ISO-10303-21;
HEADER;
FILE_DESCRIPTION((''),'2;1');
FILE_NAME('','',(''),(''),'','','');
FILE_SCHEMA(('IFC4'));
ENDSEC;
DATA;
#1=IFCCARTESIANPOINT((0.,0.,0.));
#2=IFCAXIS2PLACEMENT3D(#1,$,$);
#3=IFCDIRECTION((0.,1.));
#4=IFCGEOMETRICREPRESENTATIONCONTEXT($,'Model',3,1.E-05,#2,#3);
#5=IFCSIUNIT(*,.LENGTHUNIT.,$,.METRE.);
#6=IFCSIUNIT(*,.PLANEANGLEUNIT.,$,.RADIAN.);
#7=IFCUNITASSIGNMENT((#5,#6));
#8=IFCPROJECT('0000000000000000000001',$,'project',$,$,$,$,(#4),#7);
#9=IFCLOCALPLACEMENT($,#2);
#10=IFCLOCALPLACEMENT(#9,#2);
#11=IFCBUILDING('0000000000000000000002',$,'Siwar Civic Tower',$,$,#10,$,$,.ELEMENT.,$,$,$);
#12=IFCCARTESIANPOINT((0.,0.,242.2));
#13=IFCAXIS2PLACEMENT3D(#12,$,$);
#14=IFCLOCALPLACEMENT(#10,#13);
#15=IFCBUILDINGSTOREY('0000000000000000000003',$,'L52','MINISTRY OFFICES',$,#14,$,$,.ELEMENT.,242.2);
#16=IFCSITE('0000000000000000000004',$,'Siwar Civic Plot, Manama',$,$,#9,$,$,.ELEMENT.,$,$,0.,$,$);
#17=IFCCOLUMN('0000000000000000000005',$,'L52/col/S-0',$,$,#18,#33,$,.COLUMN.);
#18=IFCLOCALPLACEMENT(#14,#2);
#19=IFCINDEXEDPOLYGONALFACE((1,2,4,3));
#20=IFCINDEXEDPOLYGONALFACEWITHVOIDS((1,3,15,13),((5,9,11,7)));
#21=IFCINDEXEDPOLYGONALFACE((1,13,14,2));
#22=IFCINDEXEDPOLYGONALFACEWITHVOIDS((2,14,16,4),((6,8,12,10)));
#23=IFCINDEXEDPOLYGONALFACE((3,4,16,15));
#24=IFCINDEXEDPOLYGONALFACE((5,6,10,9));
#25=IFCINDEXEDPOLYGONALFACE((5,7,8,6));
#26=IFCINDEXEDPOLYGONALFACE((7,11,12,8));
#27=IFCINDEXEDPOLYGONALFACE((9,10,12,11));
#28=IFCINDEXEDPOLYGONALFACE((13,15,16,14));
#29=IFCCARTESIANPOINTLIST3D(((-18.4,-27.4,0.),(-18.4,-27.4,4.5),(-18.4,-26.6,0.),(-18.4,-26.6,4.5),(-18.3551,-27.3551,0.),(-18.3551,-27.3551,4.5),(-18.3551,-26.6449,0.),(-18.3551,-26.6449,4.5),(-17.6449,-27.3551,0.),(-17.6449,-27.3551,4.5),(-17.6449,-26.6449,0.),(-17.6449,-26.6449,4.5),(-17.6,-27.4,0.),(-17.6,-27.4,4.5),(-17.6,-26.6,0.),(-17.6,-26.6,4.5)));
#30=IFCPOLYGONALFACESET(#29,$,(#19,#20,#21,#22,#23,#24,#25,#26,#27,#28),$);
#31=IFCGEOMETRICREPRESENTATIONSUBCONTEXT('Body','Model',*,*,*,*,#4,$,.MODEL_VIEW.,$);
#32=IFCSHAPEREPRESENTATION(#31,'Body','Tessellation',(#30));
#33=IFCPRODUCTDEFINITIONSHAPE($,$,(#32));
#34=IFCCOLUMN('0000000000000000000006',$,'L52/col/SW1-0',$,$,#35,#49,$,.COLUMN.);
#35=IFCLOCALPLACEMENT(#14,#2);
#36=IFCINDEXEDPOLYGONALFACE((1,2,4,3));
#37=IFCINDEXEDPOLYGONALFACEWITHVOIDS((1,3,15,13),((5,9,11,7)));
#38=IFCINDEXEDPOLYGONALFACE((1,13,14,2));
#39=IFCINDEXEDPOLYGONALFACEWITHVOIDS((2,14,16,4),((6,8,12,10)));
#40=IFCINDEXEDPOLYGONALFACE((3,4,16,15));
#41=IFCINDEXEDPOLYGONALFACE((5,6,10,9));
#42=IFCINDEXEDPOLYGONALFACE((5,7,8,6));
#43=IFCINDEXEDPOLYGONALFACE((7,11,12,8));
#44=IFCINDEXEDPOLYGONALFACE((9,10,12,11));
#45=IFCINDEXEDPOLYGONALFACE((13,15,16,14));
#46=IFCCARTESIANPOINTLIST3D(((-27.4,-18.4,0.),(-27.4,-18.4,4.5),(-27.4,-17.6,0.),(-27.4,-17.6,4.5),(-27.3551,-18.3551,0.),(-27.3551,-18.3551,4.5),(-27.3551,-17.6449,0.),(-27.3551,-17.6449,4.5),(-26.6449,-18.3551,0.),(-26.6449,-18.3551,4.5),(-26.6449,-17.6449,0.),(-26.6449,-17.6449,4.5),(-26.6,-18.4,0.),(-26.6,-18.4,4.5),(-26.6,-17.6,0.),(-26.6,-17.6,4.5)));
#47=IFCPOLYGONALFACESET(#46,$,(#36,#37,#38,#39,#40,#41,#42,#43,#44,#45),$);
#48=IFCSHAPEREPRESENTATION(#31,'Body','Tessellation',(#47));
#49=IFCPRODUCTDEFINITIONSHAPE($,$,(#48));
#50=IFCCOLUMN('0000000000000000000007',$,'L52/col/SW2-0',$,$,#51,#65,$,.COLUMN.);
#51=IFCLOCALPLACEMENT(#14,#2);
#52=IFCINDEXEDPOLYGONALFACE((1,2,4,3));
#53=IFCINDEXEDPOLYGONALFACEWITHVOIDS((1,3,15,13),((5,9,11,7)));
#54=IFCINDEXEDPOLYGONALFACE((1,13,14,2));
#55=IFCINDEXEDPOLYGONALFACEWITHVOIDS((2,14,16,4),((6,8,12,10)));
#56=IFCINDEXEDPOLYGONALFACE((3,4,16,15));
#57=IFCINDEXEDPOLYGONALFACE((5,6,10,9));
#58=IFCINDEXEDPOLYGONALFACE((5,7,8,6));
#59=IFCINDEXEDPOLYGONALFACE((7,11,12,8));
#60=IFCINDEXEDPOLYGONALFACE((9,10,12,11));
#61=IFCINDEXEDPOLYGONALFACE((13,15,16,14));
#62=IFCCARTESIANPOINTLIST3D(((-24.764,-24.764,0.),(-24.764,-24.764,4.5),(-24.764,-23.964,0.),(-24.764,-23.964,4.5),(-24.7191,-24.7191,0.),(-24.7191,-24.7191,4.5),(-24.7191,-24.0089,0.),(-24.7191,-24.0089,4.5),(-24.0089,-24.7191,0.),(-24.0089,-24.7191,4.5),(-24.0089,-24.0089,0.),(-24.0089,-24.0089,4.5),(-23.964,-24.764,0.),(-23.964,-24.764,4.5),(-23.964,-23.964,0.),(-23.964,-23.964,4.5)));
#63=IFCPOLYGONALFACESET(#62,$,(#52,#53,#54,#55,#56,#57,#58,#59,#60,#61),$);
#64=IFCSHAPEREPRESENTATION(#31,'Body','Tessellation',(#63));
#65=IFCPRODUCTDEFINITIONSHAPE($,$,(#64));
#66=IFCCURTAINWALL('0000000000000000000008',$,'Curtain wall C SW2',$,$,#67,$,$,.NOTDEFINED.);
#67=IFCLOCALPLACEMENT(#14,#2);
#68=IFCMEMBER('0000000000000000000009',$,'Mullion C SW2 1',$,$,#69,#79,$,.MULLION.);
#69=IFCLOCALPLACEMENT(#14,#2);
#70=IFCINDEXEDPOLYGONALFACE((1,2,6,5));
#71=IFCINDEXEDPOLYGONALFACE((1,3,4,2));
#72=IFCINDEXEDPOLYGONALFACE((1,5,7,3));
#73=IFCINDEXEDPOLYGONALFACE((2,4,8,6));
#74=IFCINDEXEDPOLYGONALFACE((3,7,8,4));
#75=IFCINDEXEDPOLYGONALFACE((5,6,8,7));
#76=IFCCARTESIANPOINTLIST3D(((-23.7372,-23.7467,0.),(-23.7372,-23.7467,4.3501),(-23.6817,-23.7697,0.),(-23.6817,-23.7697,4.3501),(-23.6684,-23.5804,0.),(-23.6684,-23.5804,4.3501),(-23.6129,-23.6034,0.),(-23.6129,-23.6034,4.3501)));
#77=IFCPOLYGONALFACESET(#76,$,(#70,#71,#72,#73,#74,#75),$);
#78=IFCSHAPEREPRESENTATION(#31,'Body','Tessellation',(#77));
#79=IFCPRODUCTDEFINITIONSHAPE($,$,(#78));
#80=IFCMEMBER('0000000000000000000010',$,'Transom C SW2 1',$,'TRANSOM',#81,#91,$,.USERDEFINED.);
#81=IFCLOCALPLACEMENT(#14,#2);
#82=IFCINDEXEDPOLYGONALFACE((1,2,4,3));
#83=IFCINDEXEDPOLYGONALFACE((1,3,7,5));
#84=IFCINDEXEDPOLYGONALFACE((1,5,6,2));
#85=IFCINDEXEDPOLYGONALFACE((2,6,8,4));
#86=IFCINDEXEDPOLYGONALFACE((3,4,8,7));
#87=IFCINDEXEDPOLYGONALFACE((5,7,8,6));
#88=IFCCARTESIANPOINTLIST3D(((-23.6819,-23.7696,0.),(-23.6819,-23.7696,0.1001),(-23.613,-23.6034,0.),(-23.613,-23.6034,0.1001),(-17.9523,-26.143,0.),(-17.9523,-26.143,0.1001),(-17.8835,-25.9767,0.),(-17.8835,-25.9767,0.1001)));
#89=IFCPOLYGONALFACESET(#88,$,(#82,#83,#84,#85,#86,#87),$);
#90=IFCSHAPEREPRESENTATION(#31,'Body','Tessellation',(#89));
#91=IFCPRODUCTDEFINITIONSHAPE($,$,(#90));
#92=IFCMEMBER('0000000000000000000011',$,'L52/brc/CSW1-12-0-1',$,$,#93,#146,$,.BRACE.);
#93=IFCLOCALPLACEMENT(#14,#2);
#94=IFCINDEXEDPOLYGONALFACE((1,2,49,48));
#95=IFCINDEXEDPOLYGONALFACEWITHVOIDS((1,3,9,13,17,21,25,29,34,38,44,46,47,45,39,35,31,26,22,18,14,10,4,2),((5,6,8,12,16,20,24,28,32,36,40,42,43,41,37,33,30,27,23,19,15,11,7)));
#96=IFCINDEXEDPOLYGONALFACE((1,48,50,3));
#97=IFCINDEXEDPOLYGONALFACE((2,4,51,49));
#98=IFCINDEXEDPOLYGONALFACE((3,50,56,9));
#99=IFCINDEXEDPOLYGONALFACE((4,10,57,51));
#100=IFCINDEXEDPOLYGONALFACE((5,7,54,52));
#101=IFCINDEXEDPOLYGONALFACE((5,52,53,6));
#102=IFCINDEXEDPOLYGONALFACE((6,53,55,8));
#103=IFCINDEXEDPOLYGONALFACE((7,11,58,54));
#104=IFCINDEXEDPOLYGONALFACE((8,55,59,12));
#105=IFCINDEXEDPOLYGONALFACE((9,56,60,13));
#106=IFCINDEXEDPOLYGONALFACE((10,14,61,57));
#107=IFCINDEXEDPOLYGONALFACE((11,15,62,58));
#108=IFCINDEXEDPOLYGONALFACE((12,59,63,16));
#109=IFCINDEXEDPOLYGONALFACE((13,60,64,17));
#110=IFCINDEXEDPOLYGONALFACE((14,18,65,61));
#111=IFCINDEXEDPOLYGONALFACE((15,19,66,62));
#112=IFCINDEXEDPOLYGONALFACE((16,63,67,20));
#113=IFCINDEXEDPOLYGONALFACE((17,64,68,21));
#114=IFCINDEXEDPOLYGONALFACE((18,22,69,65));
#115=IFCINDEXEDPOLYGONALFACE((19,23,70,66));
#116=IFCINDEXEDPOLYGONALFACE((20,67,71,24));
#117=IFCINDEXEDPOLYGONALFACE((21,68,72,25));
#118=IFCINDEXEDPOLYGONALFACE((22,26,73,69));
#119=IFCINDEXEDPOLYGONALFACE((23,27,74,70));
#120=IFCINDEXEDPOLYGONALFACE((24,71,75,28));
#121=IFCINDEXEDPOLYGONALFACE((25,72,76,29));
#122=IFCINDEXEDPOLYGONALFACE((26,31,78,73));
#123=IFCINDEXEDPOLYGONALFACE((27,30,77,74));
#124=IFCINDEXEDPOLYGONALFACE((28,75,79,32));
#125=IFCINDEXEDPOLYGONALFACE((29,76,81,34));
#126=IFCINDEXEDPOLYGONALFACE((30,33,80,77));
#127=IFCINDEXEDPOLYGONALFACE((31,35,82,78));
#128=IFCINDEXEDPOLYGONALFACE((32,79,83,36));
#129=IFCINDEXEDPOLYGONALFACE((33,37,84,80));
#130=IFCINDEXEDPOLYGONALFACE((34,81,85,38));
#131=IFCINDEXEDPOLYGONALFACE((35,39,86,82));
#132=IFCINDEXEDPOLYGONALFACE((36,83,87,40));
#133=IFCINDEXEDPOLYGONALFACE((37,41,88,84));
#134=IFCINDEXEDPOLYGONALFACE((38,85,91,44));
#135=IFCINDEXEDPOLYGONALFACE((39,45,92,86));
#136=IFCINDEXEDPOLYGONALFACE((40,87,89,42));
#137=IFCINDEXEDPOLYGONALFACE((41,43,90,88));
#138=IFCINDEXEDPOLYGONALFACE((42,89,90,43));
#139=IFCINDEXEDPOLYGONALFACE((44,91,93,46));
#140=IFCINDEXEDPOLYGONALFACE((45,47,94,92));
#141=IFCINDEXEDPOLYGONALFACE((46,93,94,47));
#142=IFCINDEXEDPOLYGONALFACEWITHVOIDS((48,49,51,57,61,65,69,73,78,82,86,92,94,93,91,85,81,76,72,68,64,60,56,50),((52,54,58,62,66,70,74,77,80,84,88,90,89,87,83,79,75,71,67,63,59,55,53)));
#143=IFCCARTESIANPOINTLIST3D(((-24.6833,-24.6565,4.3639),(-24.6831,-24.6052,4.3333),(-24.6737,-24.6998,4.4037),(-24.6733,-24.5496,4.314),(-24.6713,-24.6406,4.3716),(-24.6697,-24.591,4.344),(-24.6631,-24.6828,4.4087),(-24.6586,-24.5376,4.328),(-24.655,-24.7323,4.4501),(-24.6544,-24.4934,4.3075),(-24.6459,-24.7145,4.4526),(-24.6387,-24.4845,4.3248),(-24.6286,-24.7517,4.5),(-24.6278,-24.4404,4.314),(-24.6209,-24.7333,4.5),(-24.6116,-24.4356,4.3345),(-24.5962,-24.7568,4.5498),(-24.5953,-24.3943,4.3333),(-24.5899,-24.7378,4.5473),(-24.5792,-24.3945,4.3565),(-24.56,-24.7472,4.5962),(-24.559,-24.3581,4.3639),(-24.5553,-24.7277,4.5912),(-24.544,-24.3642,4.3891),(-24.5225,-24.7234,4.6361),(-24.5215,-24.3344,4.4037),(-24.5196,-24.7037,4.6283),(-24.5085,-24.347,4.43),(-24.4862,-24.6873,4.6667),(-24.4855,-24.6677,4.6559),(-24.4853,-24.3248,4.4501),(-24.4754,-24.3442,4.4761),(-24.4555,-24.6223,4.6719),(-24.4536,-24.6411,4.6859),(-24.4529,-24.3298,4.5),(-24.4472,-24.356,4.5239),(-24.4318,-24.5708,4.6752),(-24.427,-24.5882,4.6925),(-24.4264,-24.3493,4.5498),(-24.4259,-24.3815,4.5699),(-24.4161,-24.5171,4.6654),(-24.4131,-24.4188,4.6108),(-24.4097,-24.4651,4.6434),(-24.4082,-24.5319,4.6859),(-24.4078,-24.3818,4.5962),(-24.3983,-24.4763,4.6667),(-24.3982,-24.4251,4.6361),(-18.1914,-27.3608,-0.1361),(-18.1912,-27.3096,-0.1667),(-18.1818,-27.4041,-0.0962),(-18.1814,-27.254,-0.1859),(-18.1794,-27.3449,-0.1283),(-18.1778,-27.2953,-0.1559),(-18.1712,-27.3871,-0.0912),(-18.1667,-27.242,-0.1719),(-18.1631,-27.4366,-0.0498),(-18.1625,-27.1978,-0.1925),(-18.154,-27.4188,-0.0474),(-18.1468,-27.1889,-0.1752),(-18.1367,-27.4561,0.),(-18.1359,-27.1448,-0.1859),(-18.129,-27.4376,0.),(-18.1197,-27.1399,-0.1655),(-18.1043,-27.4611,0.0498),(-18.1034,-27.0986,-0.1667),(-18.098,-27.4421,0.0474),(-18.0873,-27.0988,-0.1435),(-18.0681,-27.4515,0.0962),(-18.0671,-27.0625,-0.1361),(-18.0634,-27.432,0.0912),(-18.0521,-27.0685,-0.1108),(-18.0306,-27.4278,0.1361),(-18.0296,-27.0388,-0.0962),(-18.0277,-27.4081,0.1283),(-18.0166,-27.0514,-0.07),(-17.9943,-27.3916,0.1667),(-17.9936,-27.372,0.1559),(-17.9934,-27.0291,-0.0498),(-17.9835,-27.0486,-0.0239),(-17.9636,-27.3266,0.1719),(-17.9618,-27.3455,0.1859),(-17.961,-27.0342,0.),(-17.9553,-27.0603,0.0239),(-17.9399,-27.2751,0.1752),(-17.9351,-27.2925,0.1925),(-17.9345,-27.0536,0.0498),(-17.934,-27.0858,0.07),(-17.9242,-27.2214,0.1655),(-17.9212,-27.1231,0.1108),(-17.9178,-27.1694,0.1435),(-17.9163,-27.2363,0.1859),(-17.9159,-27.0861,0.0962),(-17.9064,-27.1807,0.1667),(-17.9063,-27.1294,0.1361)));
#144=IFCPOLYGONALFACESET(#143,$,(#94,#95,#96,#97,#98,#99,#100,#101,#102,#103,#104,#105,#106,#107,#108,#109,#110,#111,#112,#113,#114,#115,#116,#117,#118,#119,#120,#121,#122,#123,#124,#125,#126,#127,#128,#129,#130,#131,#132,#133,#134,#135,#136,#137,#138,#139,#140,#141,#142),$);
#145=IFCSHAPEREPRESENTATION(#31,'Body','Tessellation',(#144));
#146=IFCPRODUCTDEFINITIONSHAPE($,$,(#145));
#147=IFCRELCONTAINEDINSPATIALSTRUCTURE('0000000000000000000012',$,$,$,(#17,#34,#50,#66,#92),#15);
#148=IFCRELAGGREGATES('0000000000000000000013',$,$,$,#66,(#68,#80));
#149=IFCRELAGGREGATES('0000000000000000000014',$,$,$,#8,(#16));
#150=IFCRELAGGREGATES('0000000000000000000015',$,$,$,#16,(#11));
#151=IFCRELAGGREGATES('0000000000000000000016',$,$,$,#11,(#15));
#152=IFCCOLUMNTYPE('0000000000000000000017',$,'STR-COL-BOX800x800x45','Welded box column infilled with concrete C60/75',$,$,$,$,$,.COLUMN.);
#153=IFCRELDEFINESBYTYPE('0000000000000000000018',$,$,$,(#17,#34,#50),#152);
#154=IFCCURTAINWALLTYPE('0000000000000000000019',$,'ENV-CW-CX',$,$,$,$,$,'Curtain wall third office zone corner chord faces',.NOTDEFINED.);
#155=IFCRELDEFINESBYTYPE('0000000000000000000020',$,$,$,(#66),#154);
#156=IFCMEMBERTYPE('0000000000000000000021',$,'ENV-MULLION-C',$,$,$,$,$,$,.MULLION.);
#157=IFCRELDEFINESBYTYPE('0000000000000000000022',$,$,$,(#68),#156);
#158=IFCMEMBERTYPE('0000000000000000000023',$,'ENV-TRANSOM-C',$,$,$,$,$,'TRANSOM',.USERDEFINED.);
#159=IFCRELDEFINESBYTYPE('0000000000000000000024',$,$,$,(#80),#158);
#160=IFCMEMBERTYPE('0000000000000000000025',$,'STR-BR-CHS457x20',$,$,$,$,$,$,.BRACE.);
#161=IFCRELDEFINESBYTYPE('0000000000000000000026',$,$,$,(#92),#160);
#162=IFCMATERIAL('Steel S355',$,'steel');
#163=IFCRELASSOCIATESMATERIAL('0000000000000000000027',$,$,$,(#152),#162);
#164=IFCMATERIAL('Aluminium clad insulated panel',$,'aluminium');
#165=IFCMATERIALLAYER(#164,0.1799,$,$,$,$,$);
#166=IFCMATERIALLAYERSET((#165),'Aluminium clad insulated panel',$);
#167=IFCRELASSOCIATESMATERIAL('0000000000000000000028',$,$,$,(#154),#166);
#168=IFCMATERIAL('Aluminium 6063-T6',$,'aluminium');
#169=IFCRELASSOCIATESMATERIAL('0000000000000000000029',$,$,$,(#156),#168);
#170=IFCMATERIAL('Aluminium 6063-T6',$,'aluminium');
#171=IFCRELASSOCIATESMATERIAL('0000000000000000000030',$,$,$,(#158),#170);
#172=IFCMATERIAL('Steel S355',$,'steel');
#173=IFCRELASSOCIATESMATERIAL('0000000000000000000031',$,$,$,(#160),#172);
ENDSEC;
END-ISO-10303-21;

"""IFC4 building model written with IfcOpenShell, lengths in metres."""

from ifc_helpers import new_model, si_unit, direction, frame, origin, origin_2d, place, context, subcontext, project, spatial, rectangle, hollow_rectangle, hollow_circle, extrude, material, layer, layer_set, material_profile, profile_set, type_object, element, aggregate, save


model = new_model("IFC4")

# Units and contexts
model_context = context("Model", 3, precision=1e-05, world=origin(), true_north=direction((0.0, 1.0)))
body_context = subcontext(model_context, "Body", "Model", "MODEL_VIEW")
ifc_project = project(units=[si_unit("LENGTHUNIT", "METRE"), si_unit("PLANEANGLEUNIT", "RADIAN")], contexts=[model_context])

# Site, building, storey
site_placement = place(None, origin())
site = spatial("IfcSite", under=ifc_project, at=site_placement, Name="Siwar Civic Plot, Manama", CompositionType="ELEMENT", RefElevation=0.0)
building_placement = place(site_placement, origin())
building = spatial("IfcBuilding", under=site, at=building_placement, Name="Siwar Civic Tower", CompositionType="ELEMENT")
storey_placement = place(building_placement, frame((0.0, 0.0, 242.2)))
storey = spatial("IfcBuildingStorey", under=building, at=storey_placement, Name="L52", Description="MINISTRY OFFICES", CompositionType="ELEMENT", Elevation=242.2)

# Columns
ifc_material_1 = material(Name="Steel S355", Category="steel")
ifc_material_profile_1 = material_profile(ifc_material_1, hollow_rectangle(XDim=0.8, YDim=0.8, WallThickness=0.0449, at=origin_2d()), Name="BOX800x800x45")
ifc_profile_set_1 = profile_set([ifc_material_profile_1], Name="Steel S355")
column_type = type_object("IfcColumnType", Name="STR-COL-BOX800x800x45", Description="Welded box column infilled with concrete C60/75", PredefinedType="COLUMN", material=ifc_profile_set_1)
for number, where, z_axis, x_axis, name in (
    (1, (-18.0, -27.0, 0.0), (0.0, 0.0, 1.0), (1.0, 0.0, 0.0), "L52/col/S-0"),
    (2, (-27.0, -18.0, 0.0), (0.0, 0.0, 1.0), (1.0, 0.0, 0.0), "L52/col/SW1-0"),
    (3, (-24.364, -24.364, 0.0), (0.0, 0.0, 1.0), (1.0, 0.0, 0.0), "L52/col/SW2-0"),
):
    element("IfcColumn", number, at=place(storey_placement, frame(where, z_axis=z_axis, x_axis=x_axis)), inside=storey, type_object=column_type, Name=name, PredefinedType="COLUMN", context=body_context, shape_type="SweptSolid", body=[
        extrude(hollow_rectangle(XDim=0.8, YDim=0.8, WallThickness=0.0449, at=origin_2d()), origin(), (0.0, 0.0, 1.0), 4.5),
    ])

# Curtain wall, members
ifc_material_2 = material(Name="Aluminium clad insulated panel", Category="aluminium")
ifc_layer_1 = layer(ifc_material_2, 0.1799)
ifc_layer_set_1 = layer_set([ifc_layer_1], Name="Aluminium clad insulated panel")
curtain_wall_type = type_object("IfcCurtainWallType", Name="ENV-CW-CX", ElementType="Curtain wall third office zone corner chord faces", PredefinedType="NOTDEFINED", material=ifc_layer_set_1)
curtain_wall_1_placement = place(storey_placement, origin())
curtain_wall_1 = element("IfcCurtainWall", 4, at=curtain_wall_1_placement, inside=storey, type_object=curtain_wall_type, Name="Curtain wall C SW2", PredefinedType="NOTDEFINED")
ifc_material_3 = material(Name="Aluminium 6063-T6", Category="aluminium")
ifc_material_profile_2 = material_profile(ifc_material_3, rectangle(XDim=0.1799, YDim=0.0601, at=origin_2d()), Name="AL 180x60")
ifc_profile_set_2 = profile_set([ifc_material_profile_2], Name="Aluminium 6063-T6")
member_type_1 = type_object("IfcMemberType", Name="ENV-MULLION-C", PredefinedType="MULLION", material=ifc_profile_set_2)
member_1_placement = place(storey_placement, frame((-23.675, -23.675, 0.0), z_axis=(0.0, 0.0, 1.0), x_axis=(0.382683, 0.92388, 0.0)))
member_1 = element("IfcMember", 5, at=member_1_placement, type_object=member_type_1, Name="Mullion C SW2 1", PredefinedType="MULLION", context=body_context, shape_type="SweptSolid", body=[
    extrude(rectangle(XDim=0.1799, YDim=0.0601, at=origin_2d()), origin(), (0.0, 0.0, 1.0), 4.3501),
])
ifc_material_4 = material(Name="Aluminium 6063-T6", Category="aluminium")
ifc_material_profile_3 = material_profile(ifc_material_4, rectangle(XDim=0.1799, YDim=0.1001, at=origin_2d()), Name="AL 180x100")
ifc_profile_set_3 = profile_set([ifc_material_profile_3], Name="Aluminium 6063-T6")
member_type_2 = type_object("IfcMemberType", Name="ENV-TRANSOM-C", ElementType="TRANSOM", PredefinedType="USERDEFINED", material=ifc_profile_set_3)
member_2_placement = place(storey_placement, frame((-23.6475, -23.6865, 0.05), z_axis=(0.923876, -0.382691, 0.0), x_axis=(0.382691, 0.923876, 0.0)))
member_2 = element("IfcMember", 6, at=member_2_placement, type_object=member_type_2, Name="Transom C SW2 1", ObjectType="TRANSOM", PredefinedType="USERDEFINED", context=body_context, shape_type="SweptSolid", body=[
    extrude(rectangle(XDim=0.1799, YDim=0.1001, at=origin_2d()), origin(), (0.0, 0.0, 1.0), 6.2017),
])

# Member
ifc_material_5 = material(Name="Steel S355", Category="steel")
ifc_material_profile_4 = material_profile(ifc_material_5, hollow_circle(Radius=0.2285, WallThickness=0.02, at=origin_2d()), Name="CHS457x20")
ifc_profile_set_4 = profile_set([ifc_material_profile_4], Name="Steel S355")
member_type_3 = type_object("IfcMemberType", Name="STR-BR-CHS457x20", PredefinedType="BRACE", material=ifc_profile_set_4)
member_3_placement = place(storey_placement, frame((-18.0488, -27.2451, 0.0), z_axis=(-0.777555, 0.323906, 0.538975), x_axis=(-0.384539, -0.923109, 0.0)))
element("IfcMember", 7, at=member_3_placement, inside=storey, type_object=member_type_3, Name="L52/brc/CSW1-12-0-1", PredefinedType="BRACE", context=body_context, shape_type="SweptSolid", body=[
    extrude(hollow_circle(Radius=0.2285, WallThickness=0.02, at=origin_2d()), origin(), (0.0, 0.0, 1.0), 8.3491),
])

aggregate(curtain_wall_1, [member_1, member_2])

save(model, "model.ifc")
